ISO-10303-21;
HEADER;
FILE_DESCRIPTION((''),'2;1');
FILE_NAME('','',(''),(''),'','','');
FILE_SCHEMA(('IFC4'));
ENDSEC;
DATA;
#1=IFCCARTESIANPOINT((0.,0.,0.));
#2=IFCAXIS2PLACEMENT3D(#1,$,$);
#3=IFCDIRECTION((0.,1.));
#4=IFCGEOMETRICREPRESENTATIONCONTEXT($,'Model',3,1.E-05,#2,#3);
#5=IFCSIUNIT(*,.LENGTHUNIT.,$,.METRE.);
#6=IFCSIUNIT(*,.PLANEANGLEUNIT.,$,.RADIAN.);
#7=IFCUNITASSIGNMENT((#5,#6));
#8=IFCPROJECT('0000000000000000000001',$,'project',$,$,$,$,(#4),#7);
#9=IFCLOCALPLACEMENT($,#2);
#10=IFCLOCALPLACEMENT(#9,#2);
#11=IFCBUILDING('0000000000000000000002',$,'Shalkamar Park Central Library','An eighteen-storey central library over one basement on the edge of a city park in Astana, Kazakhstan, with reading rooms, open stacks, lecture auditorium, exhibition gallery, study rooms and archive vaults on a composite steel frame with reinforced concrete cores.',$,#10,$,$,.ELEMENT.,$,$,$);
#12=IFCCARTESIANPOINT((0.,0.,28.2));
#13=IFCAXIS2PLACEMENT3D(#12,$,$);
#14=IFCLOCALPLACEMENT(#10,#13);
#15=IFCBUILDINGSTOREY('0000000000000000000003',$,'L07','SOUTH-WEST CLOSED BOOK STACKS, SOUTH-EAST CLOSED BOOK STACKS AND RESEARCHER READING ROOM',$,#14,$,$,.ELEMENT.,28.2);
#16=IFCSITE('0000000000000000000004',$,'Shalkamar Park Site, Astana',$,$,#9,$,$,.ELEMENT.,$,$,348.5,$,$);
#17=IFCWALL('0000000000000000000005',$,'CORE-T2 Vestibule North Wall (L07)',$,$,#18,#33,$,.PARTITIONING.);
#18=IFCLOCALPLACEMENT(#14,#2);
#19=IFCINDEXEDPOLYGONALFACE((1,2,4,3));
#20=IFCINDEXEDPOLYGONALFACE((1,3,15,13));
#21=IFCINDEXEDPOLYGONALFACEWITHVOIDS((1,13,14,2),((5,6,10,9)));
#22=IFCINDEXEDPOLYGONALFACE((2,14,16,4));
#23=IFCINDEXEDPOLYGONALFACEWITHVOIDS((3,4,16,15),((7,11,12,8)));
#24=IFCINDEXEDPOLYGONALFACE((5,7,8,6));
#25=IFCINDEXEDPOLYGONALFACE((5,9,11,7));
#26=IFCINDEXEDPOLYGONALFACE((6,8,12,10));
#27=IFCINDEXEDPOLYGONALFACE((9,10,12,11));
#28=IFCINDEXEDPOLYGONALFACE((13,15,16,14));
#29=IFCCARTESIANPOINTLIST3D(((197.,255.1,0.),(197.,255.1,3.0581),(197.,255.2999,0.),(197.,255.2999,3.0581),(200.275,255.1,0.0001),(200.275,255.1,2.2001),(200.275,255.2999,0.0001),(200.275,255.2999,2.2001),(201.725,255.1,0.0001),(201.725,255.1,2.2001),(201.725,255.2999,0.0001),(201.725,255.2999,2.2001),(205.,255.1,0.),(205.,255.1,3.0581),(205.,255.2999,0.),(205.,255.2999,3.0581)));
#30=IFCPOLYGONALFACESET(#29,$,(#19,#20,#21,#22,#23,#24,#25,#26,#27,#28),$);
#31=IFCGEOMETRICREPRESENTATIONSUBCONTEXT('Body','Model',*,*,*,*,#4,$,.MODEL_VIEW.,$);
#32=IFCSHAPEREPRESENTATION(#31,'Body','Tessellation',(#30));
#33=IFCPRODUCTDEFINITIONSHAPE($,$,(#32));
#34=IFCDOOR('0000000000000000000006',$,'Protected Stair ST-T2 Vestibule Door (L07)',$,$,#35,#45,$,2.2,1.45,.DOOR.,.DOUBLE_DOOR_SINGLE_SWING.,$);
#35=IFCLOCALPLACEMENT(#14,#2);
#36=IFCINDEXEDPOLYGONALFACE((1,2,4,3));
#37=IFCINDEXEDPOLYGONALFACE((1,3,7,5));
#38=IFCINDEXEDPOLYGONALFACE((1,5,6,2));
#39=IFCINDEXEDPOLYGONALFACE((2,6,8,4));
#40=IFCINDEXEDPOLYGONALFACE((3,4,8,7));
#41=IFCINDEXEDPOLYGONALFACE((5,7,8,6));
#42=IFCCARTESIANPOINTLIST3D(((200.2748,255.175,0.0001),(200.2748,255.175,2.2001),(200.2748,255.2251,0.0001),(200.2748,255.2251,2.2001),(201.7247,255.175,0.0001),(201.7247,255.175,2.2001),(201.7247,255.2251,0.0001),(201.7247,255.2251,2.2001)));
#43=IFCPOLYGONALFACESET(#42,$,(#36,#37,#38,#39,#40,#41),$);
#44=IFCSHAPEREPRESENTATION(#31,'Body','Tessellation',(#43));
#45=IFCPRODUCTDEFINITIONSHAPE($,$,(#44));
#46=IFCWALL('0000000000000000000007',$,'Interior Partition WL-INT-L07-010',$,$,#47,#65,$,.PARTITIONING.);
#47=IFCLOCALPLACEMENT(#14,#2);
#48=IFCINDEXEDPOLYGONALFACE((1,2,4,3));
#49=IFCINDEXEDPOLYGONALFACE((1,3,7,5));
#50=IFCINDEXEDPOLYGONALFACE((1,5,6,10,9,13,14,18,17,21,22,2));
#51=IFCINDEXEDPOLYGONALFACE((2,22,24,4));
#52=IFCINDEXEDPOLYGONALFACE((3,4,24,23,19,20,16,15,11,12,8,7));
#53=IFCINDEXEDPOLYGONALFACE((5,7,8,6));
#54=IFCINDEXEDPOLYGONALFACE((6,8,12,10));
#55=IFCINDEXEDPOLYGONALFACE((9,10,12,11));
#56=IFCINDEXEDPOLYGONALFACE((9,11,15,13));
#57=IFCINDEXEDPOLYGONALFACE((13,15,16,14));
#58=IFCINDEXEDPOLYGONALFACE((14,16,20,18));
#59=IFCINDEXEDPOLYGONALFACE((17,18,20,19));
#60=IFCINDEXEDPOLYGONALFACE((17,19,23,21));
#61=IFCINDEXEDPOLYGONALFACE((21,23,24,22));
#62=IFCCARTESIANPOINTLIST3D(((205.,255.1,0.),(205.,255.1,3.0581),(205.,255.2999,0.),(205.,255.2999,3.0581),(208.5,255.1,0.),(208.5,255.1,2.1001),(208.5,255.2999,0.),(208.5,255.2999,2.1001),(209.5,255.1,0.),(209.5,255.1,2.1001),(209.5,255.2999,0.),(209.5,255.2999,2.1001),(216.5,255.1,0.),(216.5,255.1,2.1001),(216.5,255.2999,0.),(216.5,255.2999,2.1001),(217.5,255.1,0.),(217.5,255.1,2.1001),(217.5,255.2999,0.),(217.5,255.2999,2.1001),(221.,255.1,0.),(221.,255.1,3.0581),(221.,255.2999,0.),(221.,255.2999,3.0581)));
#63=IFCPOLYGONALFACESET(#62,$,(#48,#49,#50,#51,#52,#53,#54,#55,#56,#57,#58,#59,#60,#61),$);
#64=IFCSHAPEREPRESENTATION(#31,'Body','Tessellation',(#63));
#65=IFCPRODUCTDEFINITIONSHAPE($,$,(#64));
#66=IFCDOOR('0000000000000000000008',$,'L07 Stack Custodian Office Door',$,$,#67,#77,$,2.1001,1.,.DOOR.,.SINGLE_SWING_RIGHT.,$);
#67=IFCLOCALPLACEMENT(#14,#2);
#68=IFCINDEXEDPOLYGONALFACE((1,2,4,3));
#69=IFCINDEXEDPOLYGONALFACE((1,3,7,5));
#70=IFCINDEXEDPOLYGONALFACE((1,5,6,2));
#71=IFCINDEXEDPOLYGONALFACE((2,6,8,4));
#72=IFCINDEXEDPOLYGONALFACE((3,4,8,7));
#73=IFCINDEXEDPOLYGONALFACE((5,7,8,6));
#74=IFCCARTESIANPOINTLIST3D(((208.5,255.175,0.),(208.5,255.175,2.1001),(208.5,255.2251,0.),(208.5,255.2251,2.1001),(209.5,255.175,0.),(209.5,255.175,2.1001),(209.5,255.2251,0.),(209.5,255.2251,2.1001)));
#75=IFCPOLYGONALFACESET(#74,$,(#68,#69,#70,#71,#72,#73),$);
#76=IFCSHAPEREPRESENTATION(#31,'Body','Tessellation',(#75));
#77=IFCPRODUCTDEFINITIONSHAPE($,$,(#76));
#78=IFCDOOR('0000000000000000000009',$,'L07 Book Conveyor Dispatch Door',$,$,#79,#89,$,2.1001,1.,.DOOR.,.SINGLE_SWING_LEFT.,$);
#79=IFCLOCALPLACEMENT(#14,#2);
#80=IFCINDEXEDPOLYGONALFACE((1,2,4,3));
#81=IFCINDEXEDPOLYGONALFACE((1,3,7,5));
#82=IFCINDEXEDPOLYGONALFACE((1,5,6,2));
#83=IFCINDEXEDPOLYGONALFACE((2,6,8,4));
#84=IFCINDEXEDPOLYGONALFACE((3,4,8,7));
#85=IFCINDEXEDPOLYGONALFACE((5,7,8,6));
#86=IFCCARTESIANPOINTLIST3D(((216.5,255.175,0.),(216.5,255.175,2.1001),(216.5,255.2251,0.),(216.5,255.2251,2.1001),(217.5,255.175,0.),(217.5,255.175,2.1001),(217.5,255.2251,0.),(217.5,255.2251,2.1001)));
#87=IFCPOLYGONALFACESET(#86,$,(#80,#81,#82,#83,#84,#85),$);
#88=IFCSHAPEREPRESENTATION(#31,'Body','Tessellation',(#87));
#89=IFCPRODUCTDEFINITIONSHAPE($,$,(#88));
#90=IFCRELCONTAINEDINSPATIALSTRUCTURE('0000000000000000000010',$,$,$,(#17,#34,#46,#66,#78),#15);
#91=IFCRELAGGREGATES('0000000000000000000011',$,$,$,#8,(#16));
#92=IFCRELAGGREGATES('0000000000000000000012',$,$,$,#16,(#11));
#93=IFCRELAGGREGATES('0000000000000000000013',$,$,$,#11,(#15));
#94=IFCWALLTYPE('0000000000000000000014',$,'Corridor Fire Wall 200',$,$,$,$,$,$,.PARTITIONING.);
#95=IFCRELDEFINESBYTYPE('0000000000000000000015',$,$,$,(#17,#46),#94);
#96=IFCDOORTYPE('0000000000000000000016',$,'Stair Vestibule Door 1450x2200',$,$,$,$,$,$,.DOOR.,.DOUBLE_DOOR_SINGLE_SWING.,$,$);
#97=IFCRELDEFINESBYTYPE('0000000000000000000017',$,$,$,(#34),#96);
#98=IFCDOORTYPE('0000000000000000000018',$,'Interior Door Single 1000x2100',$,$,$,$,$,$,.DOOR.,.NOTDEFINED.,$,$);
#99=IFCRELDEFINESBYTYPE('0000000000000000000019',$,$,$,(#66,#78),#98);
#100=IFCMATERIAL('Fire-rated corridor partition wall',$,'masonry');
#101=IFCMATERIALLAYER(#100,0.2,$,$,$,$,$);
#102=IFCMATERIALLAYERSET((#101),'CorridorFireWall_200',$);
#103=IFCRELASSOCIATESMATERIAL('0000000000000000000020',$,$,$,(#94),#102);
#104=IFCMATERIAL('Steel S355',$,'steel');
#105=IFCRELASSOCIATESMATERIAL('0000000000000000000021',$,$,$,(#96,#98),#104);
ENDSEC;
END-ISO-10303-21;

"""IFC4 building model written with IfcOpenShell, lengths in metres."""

from ifc_helpers import new_model, si_unit, direction, frame, frame_2d, origin, place, context, subcontext, project, spatial, rectangle, extrude, material, layer, layer_set, type_object, element, fill, save


model = new_model("IFC4")

# Units and contexts
model_context = context("Model", 3, precision=1e-05, world=origin(), true_north=direction((0.0, 1.0)))
body_context = subcontext(model_context, "Body", "Model", "MODEL_VIEW")
ifc_project = project(units=[si_unit("LENGTHUNIT", "METRE"), si_unit("PLANEANGLEUNIT", "RADIAN")], contexts=[model_context])

# Site, building, storey
site_placement = place(None, origin())
site = spatial("IfcSite", under=ifc_project, at=site_placement, Name="Shalkamar Park Site, Astana", CompositionType="ELEMENT", RefElevation=348.5)
building_placement = place(site_placement, origin())
building = spatial("IfcBuilding", under=site, at=building_placement, Name="Shalkamar Park Central Library", Description="An eighteen-storey central library over one basement on the edge of a city park in Astana, Kazakhstan, with reading rooms, open stacks, lecture auditorium, exhibition gallery, study rooms and archive vaults on a composite steel frame with reinforced concrete cores.", CompositionType="ELEMENT")
storey_placement = place(building_placement, frame((0.0, 0.0, 28.2)))
storey = spatial("IfcBuildingStorey", under=building, at=storey_placement, Name="L07", Description="SOUTH-WEST CLOSED BOOK STACKS, SOUTH-EAST CLOSED BOOK STACKS AND RESEARCHER READING ROOM", CompositionType="ELEMENT", Elevation=28.2)

# Shared definitions
ifc_material_1 = material(Name="Steel S355", Category="steel")

# Wall, opening, door
ifc_material_2 = material(Name="Fire-rated corridor partition wall", Category="masonry")
ifc_layer_1 = layer(ifc_material_2, 0.2)
ifc_layer_set_1 = layer_set([ifc_layer_1], Name="CorridorFireWall_200")
wall_type_1 = type_object("IfcWallType", Name="Corridor Fire Wall 200", PredefinedType="PARTITIONING", material=ifc_layer_set_1)
wall_1_placement = place(storey_placement, frame((197.0, 255.2, 0.0), z_axis=(0.0, 0.0, 1.0), x_axis=(1.0, 0.0, 0.0)))
wall_1 = element("IfcWall", 1, at=wall_1_placement, inside=storey, type_object=wall_type_1, Name="CORE-T2 Vestibule North Wall (L07)", PredefinedType="PARTITIONING", context=body_context, shape_type="SweptSolid", body=[
    extrude(rectangle(XDim=8.0, YDim=0.2, at=frame_2d((4.0, 0.0))), origin(), (0.0, 0.0, 1.0), 3.0581),
])
opening_1_placement = place(wall_1_placement, frame((3.2749, 0.0, 0.0)))
opening_1 = element("IfcOpeningElement", 2, at=opening_1_placement, cuts=wall_1, PredefinedType="OPENING", context=body_context, shape_type="SweptSolid", body=[
    extrude(rectangle(XDim=1.45, YDim=2.2, at=frame_2d((0.7251, 1.1001))), frame((0.0, 0.1147, 0.0), z_axis=(0.0, -1.0, 0.0), x_axis=(1.0, 0.0, 0.0)), (0.0, 0.0, 1.0), 0.2297),
])
door_type_1 = type_object("IfcDoorType", Name="Stair Vestibule Door 1450x2200", OperationType="DOUBLE_DOOR_SINGLE_SWING", PredefinedType="DOOR", material=ifc_material_1)
door_1_placement = place(opening_1_placement, frame((1.45, 0.0, 0.0), z_axis=(0.0, 0.0, 1.0), x_axis=(-1.0, 0.0, 0.0)))
door_1 = element("IfcDoor", 3, at=door_1_placement, inside=storey, type_object=door_type_1, Name="Protected Stair ST-T2 Vestibule Door (L07)", OperationType="DOUBLE_DOOR_SINGLE_SWING", OverallHeight=2.2, OverallWidth=1.45, PredefinedType="DOOR", context=body_context, shape_type="SweptSolid", body=[
    extrude(rectangle(XDim=1.45, YDim=2.2, at=frame_2d((0.7251, 1.1001))), frame((0.0, 0.0249, 0.0), z_axis=(0.0, -1.0, 0.0), x_axis=(1.0, 0.0, 0.0)), (0.0, 0.0, 1.0), 0.05),
])
fill(opening_1, door_1)

# Wall, openings, doors
wall_2_placement = place(storey_placement, frame((205.0, 255.2, 0.0), z_axis=(0.0, 0.0, 1.0), x_axis=(1.0, 0.0, 0.0)))
wall_2 = element("IfcWall", 4, at=wall_2_placement, inside=storey, type_object=wall_type_1, Name="Interior Partition WL-INT-L07-010", PredefinedType="PARTITIONING", context=body_context, shape_type="SweptSolid", body=[
    extrude(rectangle(XDim=16.0, YDim=0.2, at=frame_2d((8.0, 0.0))), origin(), (0.0, 0.0, 1.0), 3.0581),
])
opening_2_placement = place(wall_2_placement, frame((3.5, 0.0, 0.0)))
opening_2 = element("IfcOpeningElement", 5, at=opening_2_placement, cuts=wall_2, PredefinedType="OPENING", context=body_context, shape_type="SweptSolid", body=[
    extrude(rectangle(XDim=1.0, YDim=2.1001, at=frame_2d((0.5, 1.05))), frame((0.0, 0.1147, 0.0), z_axis=(0.0, -1.0, 0.0), x_axis=(1.0, 0.0, 0.0)), (0.0, 0.0, 1.0), 0.2297),
])
opening_3_placement = place(wall_2_placement, frame((11.5, 0.0, 0.0)))
opening_3 = element("IfcOpeningElement", 6, at=opening_3_placement, cuts=wall_2, PredefinedType="OPENING", context=body_context, shape_type="SweptSolid", body=[
    extrude(rectangle(XDim=1.0, YDim=2.1001, at=frame_2d((0.5, 1.05))), frame((0.0, 0.1147, 0.0), z_axis=(0.0, -1.0, 0.0), x_axis=(1.0, 0.0, 0.0)), (0.0, 0.0, 1.0), 0.2297),
])
door_type_2 = type_object("IfcDoorType", Name="Interior Door Single 1000x2100", OperationType="NOTDEFINED", PredefinedType="DOOR", material=ifc_material_1)
door_2_placement = place(opening_2_placement, frame((1.0, 0.0, 0.0), z_axis=(0.0, 0.0, 1.0), x_axis=(-1.0, 0.0, 0.0)))
door_2 = element("IfcDoor", 7, at=door_2_placement, inside=storey, type_object=door_type_2, Name="L07 Stack Custodian Office Door", OperationType="SINGLE_SWING_RIGHT", OverallHeight=2.1001, OverallWidth=1.0, PredefinedType="DOOR", context=body_context, shape_type="SweptSolid", body=[
    extrude(rectangle(XDim=1.0, YDim=2.1001, at=frame_2d((0.5, 1.05))), frame((0.0, 0.0249, 0.0), z_axis=(0.0, -1.0, 0.0), x_axis=(1.0, 0.0, 0.0)), (0.0, 0.0, 1.0), 0.05),
])
fill(opening_2, door_2)
door_3_placement = place(opening_3_placement, frame((1.0, 0.0, 0.0), z_axis=(0.0, 0.0, 1.0), x_axis=(-1.0, 0.0, 0.0)))
door_3 = element("IfcDoor", 8, at=door_3_placement, inside=storey, type_object=door_type_2, Name="L07 Book Conveyor Dispatch Door", OperationType="SINGLE_SWING_LEFT", OverallHeight=2.1001, OverallWidth=1.0, PredefinedType="DOOR", context=body_context, shape_type="SweptSolid", body=[
    extrude(rectangle(XDim=1.0, YDim=2.1001, at=frame_2d((0.5, 1.05))), frame((0.0, 0.0249, 0.0), z_axis=(0.0, -1.0, 0.0), x_axis=(1.0, 0.0, 0.0)), (0.0, 0.0, 1.0), 0.05),
])
fill(opening_3, door_3)

save(model, "model.ifc")
